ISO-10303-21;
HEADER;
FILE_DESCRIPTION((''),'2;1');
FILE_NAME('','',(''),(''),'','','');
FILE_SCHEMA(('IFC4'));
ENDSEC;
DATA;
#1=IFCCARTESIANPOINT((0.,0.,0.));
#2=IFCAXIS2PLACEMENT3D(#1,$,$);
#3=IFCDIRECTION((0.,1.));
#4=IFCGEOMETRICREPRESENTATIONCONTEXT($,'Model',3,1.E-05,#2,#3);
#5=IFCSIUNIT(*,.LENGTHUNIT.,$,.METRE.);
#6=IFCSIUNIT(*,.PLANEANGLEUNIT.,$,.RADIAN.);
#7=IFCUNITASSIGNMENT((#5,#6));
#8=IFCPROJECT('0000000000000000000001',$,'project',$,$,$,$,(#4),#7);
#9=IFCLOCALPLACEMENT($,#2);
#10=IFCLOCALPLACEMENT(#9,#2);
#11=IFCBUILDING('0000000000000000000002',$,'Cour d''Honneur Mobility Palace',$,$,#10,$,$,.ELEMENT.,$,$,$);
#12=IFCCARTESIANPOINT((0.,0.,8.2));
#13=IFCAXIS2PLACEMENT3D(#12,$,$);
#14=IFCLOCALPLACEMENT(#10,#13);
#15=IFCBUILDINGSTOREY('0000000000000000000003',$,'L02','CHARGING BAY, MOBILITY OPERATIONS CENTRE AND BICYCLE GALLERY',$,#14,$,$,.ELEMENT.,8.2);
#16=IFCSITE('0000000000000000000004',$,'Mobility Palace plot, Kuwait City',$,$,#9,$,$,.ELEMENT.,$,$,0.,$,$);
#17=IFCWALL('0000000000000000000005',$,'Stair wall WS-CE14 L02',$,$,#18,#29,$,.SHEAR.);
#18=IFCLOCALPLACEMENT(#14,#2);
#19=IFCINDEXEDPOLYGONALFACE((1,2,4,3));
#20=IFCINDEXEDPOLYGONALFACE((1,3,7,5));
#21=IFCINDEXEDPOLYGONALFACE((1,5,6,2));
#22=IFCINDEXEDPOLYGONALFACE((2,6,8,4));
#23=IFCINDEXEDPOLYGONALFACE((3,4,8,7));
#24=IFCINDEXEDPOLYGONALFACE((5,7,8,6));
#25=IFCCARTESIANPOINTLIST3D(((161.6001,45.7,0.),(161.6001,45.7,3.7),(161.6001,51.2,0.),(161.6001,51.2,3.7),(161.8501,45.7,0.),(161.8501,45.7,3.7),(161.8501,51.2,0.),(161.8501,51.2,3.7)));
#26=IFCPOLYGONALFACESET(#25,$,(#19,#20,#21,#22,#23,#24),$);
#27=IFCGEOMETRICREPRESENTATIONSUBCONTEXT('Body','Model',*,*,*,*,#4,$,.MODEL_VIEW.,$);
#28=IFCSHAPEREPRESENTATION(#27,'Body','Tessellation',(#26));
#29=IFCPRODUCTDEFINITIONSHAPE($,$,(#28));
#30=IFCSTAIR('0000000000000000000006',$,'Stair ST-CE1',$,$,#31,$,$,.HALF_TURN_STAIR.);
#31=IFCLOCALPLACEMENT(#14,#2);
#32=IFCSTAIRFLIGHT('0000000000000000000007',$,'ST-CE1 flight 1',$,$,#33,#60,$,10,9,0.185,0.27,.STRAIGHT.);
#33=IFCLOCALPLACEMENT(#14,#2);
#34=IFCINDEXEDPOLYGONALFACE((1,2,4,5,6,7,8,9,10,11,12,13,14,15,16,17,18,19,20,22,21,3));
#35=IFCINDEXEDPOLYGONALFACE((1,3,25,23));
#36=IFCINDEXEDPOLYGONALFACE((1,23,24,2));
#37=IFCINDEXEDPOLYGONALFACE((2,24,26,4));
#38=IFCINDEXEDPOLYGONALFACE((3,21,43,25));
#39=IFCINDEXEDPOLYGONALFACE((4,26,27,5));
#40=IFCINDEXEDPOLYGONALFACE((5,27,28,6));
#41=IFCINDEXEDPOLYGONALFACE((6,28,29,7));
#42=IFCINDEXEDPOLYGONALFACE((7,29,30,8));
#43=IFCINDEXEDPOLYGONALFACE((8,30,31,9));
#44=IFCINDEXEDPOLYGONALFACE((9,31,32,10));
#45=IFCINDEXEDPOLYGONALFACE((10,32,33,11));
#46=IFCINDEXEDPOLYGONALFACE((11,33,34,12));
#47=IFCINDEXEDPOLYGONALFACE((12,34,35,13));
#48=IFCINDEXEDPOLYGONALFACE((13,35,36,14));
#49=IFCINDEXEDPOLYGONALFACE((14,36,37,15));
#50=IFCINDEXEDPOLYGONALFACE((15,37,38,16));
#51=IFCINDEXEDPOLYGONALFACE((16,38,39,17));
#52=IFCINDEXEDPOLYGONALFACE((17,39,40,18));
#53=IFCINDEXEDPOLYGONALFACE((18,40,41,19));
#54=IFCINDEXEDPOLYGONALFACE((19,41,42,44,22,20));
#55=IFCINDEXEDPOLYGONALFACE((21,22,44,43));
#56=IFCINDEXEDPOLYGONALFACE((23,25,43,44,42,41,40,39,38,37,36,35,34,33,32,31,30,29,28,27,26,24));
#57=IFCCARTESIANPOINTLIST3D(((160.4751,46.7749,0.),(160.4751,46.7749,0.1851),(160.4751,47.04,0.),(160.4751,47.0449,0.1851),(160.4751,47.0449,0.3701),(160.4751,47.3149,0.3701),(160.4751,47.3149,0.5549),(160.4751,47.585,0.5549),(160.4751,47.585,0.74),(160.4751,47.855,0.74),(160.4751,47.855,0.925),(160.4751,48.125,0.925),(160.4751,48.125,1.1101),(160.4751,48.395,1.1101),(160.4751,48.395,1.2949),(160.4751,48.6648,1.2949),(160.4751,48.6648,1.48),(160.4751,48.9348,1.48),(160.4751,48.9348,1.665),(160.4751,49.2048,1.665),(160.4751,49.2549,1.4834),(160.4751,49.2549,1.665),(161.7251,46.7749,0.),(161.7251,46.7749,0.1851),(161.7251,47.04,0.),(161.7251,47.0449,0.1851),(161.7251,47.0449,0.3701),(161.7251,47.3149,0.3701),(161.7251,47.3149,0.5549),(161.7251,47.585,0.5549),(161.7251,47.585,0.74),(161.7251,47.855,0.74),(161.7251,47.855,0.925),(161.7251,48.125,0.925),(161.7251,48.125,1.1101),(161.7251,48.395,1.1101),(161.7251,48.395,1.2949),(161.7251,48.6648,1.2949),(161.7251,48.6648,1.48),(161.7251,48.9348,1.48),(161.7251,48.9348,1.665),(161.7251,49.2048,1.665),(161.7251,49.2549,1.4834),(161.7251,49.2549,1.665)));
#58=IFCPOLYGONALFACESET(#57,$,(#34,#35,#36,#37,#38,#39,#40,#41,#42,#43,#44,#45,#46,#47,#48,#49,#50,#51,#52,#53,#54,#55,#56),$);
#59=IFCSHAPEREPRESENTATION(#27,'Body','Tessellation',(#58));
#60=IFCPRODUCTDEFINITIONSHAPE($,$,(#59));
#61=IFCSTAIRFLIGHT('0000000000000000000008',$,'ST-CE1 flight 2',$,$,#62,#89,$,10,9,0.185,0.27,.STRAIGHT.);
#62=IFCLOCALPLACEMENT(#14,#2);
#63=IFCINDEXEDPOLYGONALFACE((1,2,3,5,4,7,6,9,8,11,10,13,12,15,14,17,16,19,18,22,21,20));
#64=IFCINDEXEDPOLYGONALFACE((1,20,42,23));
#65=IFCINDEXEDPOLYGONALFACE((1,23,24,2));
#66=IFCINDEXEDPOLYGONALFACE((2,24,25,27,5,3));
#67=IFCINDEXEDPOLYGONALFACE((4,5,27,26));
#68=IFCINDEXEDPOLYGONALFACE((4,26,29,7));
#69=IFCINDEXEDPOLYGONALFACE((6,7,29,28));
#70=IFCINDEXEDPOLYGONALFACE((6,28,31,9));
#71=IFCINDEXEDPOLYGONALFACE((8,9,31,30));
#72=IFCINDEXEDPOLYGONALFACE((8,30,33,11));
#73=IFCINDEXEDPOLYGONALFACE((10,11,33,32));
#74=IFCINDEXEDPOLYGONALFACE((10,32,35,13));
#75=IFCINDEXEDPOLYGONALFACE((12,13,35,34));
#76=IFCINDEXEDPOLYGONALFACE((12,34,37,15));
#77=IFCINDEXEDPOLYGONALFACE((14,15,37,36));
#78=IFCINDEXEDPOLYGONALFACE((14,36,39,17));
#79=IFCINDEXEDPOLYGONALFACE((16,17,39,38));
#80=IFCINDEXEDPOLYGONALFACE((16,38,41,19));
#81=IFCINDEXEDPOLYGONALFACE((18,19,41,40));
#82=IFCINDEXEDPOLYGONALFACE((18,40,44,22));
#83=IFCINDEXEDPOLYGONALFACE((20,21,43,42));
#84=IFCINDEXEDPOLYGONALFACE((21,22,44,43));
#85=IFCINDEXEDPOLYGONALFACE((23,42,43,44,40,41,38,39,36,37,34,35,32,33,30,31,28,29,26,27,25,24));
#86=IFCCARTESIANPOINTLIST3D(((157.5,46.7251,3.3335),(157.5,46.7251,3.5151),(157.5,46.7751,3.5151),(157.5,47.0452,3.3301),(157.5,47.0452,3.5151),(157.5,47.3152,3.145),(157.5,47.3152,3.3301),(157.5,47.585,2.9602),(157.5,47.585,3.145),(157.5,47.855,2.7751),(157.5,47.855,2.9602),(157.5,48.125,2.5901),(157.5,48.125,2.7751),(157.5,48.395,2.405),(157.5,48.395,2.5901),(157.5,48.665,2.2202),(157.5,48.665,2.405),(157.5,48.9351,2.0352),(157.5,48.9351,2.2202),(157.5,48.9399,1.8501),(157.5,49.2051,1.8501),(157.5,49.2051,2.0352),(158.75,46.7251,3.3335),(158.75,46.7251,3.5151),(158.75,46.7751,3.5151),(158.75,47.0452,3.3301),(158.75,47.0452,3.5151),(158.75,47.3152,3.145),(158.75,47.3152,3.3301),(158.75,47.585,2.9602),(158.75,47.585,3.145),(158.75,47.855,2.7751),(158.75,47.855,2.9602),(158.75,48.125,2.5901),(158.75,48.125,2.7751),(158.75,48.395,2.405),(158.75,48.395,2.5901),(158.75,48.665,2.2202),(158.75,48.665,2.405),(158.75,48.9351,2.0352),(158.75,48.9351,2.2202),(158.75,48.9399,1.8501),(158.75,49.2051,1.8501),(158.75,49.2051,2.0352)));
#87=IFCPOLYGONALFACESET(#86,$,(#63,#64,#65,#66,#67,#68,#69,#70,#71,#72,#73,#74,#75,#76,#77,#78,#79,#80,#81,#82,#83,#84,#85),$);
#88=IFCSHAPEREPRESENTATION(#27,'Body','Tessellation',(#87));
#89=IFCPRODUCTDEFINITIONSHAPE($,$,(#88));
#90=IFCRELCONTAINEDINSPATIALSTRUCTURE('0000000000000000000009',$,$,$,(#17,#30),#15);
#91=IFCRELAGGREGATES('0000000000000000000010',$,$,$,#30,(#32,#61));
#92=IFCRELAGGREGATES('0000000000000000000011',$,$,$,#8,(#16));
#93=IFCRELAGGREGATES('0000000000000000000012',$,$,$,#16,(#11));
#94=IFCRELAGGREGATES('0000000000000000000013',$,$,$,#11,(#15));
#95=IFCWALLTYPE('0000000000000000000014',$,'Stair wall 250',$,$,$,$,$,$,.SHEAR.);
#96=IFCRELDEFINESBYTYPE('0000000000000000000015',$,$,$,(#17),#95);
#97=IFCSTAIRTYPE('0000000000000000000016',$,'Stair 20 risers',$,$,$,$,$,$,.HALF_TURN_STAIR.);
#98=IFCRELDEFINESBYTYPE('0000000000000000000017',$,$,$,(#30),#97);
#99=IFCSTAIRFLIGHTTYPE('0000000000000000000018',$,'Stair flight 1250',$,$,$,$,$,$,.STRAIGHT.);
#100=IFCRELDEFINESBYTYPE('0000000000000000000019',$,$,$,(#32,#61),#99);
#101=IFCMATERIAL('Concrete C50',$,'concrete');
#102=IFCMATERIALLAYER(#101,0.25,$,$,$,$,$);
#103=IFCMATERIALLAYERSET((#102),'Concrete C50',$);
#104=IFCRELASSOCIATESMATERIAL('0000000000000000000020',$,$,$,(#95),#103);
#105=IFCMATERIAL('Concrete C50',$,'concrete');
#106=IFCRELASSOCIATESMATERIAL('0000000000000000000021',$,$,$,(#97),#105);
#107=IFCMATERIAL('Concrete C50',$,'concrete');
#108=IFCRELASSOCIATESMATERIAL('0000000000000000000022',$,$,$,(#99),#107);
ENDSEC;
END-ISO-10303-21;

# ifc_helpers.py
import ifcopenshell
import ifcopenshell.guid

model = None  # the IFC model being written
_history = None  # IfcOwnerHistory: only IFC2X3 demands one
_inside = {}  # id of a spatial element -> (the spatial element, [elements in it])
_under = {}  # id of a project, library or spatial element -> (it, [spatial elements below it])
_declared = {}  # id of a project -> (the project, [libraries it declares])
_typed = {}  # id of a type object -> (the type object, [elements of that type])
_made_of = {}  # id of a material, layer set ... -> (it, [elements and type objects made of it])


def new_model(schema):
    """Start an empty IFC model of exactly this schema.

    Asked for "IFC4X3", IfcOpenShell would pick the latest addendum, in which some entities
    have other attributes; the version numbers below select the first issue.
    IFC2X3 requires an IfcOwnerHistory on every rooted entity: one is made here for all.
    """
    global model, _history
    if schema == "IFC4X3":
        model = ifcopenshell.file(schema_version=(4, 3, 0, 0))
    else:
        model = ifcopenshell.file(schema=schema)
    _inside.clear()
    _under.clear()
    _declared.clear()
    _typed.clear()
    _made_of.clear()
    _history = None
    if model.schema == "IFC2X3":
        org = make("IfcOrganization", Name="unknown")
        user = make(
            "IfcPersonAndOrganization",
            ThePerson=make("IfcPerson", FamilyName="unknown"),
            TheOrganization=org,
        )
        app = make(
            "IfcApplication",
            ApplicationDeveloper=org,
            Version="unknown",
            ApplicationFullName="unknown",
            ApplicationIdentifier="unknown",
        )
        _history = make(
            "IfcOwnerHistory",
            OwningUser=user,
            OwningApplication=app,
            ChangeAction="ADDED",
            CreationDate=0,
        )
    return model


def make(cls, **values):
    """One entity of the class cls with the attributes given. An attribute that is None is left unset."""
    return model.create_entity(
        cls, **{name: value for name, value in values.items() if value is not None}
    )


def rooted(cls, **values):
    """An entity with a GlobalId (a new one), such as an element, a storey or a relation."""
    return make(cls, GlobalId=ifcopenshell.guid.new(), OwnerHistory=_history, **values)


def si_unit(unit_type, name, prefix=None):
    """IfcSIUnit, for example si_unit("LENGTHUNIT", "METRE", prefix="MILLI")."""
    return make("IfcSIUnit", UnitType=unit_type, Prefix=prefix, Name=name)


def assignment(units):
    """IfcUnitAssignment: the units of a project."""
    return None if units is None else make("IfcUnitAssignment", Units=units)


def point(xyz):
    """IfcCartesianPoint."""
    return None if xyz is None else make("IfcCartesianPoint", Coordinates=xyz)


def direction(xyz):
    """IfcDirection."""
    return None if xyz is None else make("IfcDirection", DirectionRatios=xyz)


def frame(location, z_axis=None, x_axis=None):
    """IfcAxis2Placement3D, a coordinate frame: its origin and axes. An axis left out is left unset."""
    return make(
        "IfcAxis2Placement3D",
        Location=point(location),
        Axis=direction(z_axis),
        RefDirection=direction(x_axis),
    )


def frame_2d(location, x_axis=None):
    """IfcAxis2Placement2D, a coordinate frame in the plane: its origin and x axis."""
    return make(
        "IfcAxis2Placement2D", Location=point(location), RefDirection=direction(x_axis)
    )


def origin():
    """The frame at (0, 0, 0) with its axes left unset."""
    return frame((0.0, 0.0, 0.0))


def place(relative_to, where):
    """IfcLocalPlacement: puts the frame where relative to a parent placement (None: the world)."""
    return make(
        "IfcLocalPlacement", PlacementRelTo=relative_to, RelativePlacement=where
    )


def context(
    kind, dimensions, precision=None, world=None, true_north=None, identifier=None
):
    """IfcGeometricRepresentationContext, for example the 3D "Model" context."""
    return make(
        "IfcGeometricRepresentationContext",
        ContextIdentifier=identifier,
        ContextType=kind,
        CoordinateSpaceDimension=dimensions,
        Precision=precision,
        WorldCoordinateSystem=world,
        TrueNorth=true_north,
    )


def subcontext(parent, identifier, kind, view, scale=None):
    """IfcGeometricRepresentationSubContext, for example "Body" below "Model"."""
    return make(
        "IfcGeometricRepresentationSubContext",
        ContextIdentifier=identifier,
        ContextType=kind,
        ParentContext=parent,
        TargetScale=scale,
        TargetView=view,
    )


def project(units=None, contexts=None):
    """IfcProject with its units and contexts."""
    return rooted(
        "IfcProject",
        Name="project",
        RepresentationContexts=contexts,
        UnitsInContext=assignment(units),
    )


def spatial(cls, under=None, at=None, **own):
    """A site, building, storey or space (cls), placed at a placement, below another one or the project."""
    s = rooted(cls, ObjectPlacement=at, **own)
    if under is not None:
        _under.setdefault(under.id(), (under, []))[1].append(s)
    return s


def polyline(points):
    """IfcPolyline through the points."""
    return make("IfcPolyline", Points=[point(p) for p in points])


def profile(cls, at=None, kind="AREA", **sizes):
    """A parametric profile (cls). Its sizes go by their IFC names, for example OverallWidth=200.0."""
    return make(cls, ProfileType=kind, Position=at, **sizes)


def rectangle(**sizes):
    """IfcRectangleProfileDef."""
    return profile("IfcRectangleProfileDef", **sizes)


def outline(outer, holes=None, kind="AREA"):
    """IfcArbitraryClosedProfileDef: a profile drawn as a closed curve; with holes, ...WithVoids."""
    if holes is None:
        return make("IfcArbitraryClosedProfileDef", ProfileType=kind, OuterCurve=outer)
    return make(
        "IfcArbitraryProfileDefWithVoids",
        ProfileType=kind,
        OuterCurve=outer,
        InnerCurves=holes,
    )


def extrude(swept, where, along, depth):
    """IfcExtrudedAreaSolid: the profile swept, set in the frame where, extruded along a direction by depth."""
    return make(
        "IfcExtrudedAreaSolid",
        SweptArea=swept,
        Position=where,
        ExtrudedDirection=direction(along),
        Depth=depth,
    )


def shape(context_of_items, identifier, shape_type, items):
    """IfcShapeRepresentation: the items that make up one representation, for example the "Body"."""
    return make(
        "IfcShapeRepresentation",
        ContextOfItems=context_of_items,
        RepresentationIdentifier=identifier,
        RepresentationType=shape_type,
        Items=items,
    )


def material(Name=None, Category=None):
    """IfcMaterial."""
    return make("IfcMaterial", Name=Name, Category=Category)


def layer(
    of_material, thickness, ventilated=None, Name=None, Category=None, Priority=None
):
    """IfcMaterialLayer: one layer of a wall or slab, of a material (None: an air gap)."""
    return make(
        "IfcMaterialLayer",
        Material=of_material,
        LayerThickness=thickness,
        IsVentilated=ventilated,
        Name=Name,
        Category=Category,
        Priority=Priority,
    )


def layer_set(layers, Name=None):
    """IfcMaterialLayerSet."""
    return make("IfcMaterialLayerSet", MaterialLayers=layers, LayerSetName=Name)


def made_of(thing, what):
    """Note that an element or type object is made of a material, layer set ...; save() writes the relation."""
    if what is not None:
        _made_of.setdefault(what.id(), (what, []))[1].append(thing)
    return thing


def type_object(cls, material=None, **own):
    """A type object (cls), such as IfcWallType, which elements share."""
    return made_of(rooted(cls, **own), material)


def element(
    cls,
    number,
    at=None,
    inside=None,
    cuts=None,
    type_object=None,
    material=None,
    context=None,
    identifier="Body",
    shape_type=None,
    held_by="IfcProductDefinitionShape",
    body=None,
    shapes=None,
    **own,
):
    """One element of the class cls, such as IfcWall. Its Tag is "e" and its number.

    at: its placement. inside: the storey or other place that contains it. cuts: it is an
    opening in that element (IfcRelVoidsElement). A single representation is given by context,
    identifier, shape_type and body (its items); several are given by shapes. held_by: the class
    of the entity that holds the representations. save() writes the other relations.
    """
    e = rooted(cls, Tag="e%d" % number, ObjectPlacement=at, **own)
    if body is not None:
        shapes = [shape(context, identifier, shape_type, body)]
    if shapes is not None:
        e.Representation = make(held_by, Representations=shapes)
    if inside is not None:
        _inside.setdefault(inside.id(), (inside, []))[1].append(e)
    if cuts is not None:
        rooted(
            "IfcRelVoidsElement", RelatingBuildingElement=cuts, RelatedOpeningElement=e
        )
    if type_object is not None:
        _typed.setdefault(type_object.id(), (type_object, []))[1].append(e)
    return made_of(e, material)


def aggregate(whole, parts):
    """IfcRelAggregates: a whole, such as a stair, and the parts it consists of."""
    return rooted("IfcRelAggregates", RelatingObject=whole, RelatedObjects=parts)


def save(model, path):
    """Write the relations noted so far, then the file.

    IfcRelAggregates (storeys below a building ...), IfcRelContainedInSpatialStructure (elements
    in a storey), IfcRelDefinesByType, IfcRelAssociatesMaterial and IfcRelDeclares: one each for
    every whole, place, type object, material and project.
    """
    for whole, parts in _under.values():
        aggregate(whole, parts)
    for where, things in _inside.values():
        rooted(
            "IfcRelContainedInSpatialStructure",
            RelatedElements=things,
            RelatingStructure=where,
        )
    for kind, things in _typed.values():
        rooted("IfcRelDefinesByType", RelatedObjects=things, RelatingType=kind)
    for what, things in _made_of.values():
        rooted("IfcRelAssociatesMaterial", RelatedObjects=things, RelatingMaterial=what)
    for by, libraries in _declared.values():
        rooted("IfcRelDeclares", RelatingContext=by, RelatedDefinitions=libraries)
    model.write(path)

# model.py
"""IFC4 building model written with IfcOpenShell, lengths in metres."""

from ifc_helpers import new_model, si_unit, direction, frame, frame_2d, origin, place, context, subcontext, project, spatial, polyline, rectangle, outline, extrude, material, layer, layer_set, type_object, element, aggregate, save


model = new_model("IFC4")

# Units and contexts
model_context = context("Model", 3, precision=1e-05, world=origin(), true_north=direction((0.0, 1.0)))
body_context = subcontext(model_context, "Body", "Model", "MODEL_VIEW")
ifc_project = project(units=[si_unit("LENGTHUNIT", "METRE"), si_unit("PLANEANGLEUNIT", "RADIAN")], contexts=[model_context])

# Site, building, storey
site_placement = place(None, origin())
site = spatial("IfcSite", under=ifc_project, at=site_placement, Name="Mobility Palace plot, Kuwait City", CompositionType="ELEMENT", RefElevation=0.0)
building_placement = place(site_placement, origin())
building = spatial("IfcBuilding", under=site, at=building_placement, Name="Cour d'Honneur Mobility Palace", CompositionType="ELEMENT")
storey_placement = place(building_placement, frame((0.0, 0.0, 8.2)))
storey = spatial("IfcBuildingStorey", under=building, at=storey_placement, Name="L02", Description="CHARGING BAY, MOBILITY OPERATIONS CENTRE AND BICYCLE GALLERY", CompositionType="ELEMENT", Elevation=8.2)

# Shared definitions
ifc_material_1 = material(Name="Concrete C50", Category="concrete")
ifc_layer_1 = layer(ifc_material_1, 0.25)
ifc_layer_set_1 = layer_set([ifc_layer_1], Name="Concrete C50")
wall_type = type_object("IfcWallType", Name="Stair wall 250", PredefinedType="SHEAR", material=ifc_layer_set_1)

# Wall
wall_1_placement = place(storey_placement, frame((161.7251, 45.7, 0.0), z_axis=(0.0, 0.0, 1.0), x_axis=(0.0, 1.0, 0.0)))
element("IfcWall", 1, at=wall_1_placement, inside=storey, type_object=wall_type, Name="Stair wall WS-CE14 L02", PredefinedType="SHEAR", context=body_context, shape_type="SweptSolid", body=[
    extrude(rectangle(XDim=5.5, YDim=0.25, at=frame_2d((2.75, 0.0))), origin(), (0.0, 0.0, 1.0), 3.7),
])

# Stair, stair flights
ifc_material_2 = material(Name="Concrete C50", Category="concrete")
stair_type = type_object("IfcStairType", Name="Stair 20 risers", PredefinedType="HALF_TURN_STAIR", material=ifc_material_2)
stair_placement = place(storey_placement, origin())
stair = element("IfcStair", 2, at=stair_placement, inside=storey, type_object=stair_type, Name="Stair ST-CE1", PredefinedType="HALF_TURN_STAIR")
ifc_material_3 = material(Name="Concrete C50", Category="concrete")
stair_flight_type = type_object("IfcStairFlightType", Name="Stair flight 1250", PredefinedType="STRAIGHT", material=ifc_material_3)
stair_flight_1_placement = place(storey_placement, frame((161.1001, 46.7749, 0.0), z_axis=(0.0, 0.0, 1.0), x_axis=(0.0, 1.0, 0.0)))
stair_flight_1 = element("IfcStairFlight", 3, at=stair_flight_1_placement, type_object=stair_flight_type, Name="ST-CE1 flight 1", NumberOfRisers=10, NumberOfTreads=9, PredefinedType="STRAIGHT", RiserHeight=0.185, TreadLength=0.27, context=body_context, shape_type="SweptSolid", body=[
    extrude(outline(polyline([(0.0, 0.0), (0.0, 0.1851), (0.27, 0.1851), (0.27, 0.3701), (0.54, 0.3701), (0.54, 0.5549), (0.8101, 0.5549), (0.8101, 0.74), (1.0801, 0.74), (1.0801, 0.925), (1.3501, 0.925), (1.3501, 1.1101), (1.6201, 1.1101), (1.6201, 1.2949), (1.8899, 1.2949), (1.8899, 1.48), (2.1599, 1.48), (2.1599, 1.665), (2.4299, 1.665), (2.48, 1.665), (2.48, 1.4834), (0.2651, 0.0), (0.0, 0.0)])), frame((0.0, 0.625, 0.0), z_axis=(0.0, -1.0, 0.0), x_axis=(1.0, 0.0, 0.0)), (0.0, 0.0, 1.0), 1.25),
])
stair_flight_2_placement = place(storey_placement, frame((158.125, 49.2051, 1.8501), z_axis=(0.0, 0.0, 1.0), x_axis=(0.0, -1.0, 0.0)))
stair_flight_2 = element("IfcStairFlight", 4, at=stair_flight_2_placement, type_object=stair_flight_type, Name="ST-CE1 flight 2", NumberOfRisers=10, NumberOfTreads=9, PredefinedType="STRAIGHT", RiserHeight=0.185, TreadLength=0.27, context=body_context, shape_type="SweptSolid", body=[
    extrude(outline(polyline([(0.0, 0.0), (0.0, 0.1851), (0.27, 0.1851), (0.27, 0.3701), (0.54, 0.3701), (0.54, 0.5549), (0.8101, 0.5549), (0.8101, 0.74), (1.0801, 0.74), (1.0801, 0.925), (1.3501, 0.925), (1.3501, 1.1101), (1.6201, 1.1101), (1.6201, 1.2949), (1.8899, 1.2949), (1.8899, 1.48), (2.1599, 1.48), (2.1599, 1.665), (2.4299, 1.665), (2.48, 1.665), (2.48, 1.4834), (0.2651, 0.0), (0.0, 0.0)])), frame((0.0, 0.625, 0.0), z_axis=(0.0, -1.0, 0.0), x_axis=(1.0, 0.0, 0.0)), (0.0, 0.0, 1.0), 1.25),
])
aggregate(stair, [stair_flight_1, stair_flight_2])

save(model, "model.ifc")
